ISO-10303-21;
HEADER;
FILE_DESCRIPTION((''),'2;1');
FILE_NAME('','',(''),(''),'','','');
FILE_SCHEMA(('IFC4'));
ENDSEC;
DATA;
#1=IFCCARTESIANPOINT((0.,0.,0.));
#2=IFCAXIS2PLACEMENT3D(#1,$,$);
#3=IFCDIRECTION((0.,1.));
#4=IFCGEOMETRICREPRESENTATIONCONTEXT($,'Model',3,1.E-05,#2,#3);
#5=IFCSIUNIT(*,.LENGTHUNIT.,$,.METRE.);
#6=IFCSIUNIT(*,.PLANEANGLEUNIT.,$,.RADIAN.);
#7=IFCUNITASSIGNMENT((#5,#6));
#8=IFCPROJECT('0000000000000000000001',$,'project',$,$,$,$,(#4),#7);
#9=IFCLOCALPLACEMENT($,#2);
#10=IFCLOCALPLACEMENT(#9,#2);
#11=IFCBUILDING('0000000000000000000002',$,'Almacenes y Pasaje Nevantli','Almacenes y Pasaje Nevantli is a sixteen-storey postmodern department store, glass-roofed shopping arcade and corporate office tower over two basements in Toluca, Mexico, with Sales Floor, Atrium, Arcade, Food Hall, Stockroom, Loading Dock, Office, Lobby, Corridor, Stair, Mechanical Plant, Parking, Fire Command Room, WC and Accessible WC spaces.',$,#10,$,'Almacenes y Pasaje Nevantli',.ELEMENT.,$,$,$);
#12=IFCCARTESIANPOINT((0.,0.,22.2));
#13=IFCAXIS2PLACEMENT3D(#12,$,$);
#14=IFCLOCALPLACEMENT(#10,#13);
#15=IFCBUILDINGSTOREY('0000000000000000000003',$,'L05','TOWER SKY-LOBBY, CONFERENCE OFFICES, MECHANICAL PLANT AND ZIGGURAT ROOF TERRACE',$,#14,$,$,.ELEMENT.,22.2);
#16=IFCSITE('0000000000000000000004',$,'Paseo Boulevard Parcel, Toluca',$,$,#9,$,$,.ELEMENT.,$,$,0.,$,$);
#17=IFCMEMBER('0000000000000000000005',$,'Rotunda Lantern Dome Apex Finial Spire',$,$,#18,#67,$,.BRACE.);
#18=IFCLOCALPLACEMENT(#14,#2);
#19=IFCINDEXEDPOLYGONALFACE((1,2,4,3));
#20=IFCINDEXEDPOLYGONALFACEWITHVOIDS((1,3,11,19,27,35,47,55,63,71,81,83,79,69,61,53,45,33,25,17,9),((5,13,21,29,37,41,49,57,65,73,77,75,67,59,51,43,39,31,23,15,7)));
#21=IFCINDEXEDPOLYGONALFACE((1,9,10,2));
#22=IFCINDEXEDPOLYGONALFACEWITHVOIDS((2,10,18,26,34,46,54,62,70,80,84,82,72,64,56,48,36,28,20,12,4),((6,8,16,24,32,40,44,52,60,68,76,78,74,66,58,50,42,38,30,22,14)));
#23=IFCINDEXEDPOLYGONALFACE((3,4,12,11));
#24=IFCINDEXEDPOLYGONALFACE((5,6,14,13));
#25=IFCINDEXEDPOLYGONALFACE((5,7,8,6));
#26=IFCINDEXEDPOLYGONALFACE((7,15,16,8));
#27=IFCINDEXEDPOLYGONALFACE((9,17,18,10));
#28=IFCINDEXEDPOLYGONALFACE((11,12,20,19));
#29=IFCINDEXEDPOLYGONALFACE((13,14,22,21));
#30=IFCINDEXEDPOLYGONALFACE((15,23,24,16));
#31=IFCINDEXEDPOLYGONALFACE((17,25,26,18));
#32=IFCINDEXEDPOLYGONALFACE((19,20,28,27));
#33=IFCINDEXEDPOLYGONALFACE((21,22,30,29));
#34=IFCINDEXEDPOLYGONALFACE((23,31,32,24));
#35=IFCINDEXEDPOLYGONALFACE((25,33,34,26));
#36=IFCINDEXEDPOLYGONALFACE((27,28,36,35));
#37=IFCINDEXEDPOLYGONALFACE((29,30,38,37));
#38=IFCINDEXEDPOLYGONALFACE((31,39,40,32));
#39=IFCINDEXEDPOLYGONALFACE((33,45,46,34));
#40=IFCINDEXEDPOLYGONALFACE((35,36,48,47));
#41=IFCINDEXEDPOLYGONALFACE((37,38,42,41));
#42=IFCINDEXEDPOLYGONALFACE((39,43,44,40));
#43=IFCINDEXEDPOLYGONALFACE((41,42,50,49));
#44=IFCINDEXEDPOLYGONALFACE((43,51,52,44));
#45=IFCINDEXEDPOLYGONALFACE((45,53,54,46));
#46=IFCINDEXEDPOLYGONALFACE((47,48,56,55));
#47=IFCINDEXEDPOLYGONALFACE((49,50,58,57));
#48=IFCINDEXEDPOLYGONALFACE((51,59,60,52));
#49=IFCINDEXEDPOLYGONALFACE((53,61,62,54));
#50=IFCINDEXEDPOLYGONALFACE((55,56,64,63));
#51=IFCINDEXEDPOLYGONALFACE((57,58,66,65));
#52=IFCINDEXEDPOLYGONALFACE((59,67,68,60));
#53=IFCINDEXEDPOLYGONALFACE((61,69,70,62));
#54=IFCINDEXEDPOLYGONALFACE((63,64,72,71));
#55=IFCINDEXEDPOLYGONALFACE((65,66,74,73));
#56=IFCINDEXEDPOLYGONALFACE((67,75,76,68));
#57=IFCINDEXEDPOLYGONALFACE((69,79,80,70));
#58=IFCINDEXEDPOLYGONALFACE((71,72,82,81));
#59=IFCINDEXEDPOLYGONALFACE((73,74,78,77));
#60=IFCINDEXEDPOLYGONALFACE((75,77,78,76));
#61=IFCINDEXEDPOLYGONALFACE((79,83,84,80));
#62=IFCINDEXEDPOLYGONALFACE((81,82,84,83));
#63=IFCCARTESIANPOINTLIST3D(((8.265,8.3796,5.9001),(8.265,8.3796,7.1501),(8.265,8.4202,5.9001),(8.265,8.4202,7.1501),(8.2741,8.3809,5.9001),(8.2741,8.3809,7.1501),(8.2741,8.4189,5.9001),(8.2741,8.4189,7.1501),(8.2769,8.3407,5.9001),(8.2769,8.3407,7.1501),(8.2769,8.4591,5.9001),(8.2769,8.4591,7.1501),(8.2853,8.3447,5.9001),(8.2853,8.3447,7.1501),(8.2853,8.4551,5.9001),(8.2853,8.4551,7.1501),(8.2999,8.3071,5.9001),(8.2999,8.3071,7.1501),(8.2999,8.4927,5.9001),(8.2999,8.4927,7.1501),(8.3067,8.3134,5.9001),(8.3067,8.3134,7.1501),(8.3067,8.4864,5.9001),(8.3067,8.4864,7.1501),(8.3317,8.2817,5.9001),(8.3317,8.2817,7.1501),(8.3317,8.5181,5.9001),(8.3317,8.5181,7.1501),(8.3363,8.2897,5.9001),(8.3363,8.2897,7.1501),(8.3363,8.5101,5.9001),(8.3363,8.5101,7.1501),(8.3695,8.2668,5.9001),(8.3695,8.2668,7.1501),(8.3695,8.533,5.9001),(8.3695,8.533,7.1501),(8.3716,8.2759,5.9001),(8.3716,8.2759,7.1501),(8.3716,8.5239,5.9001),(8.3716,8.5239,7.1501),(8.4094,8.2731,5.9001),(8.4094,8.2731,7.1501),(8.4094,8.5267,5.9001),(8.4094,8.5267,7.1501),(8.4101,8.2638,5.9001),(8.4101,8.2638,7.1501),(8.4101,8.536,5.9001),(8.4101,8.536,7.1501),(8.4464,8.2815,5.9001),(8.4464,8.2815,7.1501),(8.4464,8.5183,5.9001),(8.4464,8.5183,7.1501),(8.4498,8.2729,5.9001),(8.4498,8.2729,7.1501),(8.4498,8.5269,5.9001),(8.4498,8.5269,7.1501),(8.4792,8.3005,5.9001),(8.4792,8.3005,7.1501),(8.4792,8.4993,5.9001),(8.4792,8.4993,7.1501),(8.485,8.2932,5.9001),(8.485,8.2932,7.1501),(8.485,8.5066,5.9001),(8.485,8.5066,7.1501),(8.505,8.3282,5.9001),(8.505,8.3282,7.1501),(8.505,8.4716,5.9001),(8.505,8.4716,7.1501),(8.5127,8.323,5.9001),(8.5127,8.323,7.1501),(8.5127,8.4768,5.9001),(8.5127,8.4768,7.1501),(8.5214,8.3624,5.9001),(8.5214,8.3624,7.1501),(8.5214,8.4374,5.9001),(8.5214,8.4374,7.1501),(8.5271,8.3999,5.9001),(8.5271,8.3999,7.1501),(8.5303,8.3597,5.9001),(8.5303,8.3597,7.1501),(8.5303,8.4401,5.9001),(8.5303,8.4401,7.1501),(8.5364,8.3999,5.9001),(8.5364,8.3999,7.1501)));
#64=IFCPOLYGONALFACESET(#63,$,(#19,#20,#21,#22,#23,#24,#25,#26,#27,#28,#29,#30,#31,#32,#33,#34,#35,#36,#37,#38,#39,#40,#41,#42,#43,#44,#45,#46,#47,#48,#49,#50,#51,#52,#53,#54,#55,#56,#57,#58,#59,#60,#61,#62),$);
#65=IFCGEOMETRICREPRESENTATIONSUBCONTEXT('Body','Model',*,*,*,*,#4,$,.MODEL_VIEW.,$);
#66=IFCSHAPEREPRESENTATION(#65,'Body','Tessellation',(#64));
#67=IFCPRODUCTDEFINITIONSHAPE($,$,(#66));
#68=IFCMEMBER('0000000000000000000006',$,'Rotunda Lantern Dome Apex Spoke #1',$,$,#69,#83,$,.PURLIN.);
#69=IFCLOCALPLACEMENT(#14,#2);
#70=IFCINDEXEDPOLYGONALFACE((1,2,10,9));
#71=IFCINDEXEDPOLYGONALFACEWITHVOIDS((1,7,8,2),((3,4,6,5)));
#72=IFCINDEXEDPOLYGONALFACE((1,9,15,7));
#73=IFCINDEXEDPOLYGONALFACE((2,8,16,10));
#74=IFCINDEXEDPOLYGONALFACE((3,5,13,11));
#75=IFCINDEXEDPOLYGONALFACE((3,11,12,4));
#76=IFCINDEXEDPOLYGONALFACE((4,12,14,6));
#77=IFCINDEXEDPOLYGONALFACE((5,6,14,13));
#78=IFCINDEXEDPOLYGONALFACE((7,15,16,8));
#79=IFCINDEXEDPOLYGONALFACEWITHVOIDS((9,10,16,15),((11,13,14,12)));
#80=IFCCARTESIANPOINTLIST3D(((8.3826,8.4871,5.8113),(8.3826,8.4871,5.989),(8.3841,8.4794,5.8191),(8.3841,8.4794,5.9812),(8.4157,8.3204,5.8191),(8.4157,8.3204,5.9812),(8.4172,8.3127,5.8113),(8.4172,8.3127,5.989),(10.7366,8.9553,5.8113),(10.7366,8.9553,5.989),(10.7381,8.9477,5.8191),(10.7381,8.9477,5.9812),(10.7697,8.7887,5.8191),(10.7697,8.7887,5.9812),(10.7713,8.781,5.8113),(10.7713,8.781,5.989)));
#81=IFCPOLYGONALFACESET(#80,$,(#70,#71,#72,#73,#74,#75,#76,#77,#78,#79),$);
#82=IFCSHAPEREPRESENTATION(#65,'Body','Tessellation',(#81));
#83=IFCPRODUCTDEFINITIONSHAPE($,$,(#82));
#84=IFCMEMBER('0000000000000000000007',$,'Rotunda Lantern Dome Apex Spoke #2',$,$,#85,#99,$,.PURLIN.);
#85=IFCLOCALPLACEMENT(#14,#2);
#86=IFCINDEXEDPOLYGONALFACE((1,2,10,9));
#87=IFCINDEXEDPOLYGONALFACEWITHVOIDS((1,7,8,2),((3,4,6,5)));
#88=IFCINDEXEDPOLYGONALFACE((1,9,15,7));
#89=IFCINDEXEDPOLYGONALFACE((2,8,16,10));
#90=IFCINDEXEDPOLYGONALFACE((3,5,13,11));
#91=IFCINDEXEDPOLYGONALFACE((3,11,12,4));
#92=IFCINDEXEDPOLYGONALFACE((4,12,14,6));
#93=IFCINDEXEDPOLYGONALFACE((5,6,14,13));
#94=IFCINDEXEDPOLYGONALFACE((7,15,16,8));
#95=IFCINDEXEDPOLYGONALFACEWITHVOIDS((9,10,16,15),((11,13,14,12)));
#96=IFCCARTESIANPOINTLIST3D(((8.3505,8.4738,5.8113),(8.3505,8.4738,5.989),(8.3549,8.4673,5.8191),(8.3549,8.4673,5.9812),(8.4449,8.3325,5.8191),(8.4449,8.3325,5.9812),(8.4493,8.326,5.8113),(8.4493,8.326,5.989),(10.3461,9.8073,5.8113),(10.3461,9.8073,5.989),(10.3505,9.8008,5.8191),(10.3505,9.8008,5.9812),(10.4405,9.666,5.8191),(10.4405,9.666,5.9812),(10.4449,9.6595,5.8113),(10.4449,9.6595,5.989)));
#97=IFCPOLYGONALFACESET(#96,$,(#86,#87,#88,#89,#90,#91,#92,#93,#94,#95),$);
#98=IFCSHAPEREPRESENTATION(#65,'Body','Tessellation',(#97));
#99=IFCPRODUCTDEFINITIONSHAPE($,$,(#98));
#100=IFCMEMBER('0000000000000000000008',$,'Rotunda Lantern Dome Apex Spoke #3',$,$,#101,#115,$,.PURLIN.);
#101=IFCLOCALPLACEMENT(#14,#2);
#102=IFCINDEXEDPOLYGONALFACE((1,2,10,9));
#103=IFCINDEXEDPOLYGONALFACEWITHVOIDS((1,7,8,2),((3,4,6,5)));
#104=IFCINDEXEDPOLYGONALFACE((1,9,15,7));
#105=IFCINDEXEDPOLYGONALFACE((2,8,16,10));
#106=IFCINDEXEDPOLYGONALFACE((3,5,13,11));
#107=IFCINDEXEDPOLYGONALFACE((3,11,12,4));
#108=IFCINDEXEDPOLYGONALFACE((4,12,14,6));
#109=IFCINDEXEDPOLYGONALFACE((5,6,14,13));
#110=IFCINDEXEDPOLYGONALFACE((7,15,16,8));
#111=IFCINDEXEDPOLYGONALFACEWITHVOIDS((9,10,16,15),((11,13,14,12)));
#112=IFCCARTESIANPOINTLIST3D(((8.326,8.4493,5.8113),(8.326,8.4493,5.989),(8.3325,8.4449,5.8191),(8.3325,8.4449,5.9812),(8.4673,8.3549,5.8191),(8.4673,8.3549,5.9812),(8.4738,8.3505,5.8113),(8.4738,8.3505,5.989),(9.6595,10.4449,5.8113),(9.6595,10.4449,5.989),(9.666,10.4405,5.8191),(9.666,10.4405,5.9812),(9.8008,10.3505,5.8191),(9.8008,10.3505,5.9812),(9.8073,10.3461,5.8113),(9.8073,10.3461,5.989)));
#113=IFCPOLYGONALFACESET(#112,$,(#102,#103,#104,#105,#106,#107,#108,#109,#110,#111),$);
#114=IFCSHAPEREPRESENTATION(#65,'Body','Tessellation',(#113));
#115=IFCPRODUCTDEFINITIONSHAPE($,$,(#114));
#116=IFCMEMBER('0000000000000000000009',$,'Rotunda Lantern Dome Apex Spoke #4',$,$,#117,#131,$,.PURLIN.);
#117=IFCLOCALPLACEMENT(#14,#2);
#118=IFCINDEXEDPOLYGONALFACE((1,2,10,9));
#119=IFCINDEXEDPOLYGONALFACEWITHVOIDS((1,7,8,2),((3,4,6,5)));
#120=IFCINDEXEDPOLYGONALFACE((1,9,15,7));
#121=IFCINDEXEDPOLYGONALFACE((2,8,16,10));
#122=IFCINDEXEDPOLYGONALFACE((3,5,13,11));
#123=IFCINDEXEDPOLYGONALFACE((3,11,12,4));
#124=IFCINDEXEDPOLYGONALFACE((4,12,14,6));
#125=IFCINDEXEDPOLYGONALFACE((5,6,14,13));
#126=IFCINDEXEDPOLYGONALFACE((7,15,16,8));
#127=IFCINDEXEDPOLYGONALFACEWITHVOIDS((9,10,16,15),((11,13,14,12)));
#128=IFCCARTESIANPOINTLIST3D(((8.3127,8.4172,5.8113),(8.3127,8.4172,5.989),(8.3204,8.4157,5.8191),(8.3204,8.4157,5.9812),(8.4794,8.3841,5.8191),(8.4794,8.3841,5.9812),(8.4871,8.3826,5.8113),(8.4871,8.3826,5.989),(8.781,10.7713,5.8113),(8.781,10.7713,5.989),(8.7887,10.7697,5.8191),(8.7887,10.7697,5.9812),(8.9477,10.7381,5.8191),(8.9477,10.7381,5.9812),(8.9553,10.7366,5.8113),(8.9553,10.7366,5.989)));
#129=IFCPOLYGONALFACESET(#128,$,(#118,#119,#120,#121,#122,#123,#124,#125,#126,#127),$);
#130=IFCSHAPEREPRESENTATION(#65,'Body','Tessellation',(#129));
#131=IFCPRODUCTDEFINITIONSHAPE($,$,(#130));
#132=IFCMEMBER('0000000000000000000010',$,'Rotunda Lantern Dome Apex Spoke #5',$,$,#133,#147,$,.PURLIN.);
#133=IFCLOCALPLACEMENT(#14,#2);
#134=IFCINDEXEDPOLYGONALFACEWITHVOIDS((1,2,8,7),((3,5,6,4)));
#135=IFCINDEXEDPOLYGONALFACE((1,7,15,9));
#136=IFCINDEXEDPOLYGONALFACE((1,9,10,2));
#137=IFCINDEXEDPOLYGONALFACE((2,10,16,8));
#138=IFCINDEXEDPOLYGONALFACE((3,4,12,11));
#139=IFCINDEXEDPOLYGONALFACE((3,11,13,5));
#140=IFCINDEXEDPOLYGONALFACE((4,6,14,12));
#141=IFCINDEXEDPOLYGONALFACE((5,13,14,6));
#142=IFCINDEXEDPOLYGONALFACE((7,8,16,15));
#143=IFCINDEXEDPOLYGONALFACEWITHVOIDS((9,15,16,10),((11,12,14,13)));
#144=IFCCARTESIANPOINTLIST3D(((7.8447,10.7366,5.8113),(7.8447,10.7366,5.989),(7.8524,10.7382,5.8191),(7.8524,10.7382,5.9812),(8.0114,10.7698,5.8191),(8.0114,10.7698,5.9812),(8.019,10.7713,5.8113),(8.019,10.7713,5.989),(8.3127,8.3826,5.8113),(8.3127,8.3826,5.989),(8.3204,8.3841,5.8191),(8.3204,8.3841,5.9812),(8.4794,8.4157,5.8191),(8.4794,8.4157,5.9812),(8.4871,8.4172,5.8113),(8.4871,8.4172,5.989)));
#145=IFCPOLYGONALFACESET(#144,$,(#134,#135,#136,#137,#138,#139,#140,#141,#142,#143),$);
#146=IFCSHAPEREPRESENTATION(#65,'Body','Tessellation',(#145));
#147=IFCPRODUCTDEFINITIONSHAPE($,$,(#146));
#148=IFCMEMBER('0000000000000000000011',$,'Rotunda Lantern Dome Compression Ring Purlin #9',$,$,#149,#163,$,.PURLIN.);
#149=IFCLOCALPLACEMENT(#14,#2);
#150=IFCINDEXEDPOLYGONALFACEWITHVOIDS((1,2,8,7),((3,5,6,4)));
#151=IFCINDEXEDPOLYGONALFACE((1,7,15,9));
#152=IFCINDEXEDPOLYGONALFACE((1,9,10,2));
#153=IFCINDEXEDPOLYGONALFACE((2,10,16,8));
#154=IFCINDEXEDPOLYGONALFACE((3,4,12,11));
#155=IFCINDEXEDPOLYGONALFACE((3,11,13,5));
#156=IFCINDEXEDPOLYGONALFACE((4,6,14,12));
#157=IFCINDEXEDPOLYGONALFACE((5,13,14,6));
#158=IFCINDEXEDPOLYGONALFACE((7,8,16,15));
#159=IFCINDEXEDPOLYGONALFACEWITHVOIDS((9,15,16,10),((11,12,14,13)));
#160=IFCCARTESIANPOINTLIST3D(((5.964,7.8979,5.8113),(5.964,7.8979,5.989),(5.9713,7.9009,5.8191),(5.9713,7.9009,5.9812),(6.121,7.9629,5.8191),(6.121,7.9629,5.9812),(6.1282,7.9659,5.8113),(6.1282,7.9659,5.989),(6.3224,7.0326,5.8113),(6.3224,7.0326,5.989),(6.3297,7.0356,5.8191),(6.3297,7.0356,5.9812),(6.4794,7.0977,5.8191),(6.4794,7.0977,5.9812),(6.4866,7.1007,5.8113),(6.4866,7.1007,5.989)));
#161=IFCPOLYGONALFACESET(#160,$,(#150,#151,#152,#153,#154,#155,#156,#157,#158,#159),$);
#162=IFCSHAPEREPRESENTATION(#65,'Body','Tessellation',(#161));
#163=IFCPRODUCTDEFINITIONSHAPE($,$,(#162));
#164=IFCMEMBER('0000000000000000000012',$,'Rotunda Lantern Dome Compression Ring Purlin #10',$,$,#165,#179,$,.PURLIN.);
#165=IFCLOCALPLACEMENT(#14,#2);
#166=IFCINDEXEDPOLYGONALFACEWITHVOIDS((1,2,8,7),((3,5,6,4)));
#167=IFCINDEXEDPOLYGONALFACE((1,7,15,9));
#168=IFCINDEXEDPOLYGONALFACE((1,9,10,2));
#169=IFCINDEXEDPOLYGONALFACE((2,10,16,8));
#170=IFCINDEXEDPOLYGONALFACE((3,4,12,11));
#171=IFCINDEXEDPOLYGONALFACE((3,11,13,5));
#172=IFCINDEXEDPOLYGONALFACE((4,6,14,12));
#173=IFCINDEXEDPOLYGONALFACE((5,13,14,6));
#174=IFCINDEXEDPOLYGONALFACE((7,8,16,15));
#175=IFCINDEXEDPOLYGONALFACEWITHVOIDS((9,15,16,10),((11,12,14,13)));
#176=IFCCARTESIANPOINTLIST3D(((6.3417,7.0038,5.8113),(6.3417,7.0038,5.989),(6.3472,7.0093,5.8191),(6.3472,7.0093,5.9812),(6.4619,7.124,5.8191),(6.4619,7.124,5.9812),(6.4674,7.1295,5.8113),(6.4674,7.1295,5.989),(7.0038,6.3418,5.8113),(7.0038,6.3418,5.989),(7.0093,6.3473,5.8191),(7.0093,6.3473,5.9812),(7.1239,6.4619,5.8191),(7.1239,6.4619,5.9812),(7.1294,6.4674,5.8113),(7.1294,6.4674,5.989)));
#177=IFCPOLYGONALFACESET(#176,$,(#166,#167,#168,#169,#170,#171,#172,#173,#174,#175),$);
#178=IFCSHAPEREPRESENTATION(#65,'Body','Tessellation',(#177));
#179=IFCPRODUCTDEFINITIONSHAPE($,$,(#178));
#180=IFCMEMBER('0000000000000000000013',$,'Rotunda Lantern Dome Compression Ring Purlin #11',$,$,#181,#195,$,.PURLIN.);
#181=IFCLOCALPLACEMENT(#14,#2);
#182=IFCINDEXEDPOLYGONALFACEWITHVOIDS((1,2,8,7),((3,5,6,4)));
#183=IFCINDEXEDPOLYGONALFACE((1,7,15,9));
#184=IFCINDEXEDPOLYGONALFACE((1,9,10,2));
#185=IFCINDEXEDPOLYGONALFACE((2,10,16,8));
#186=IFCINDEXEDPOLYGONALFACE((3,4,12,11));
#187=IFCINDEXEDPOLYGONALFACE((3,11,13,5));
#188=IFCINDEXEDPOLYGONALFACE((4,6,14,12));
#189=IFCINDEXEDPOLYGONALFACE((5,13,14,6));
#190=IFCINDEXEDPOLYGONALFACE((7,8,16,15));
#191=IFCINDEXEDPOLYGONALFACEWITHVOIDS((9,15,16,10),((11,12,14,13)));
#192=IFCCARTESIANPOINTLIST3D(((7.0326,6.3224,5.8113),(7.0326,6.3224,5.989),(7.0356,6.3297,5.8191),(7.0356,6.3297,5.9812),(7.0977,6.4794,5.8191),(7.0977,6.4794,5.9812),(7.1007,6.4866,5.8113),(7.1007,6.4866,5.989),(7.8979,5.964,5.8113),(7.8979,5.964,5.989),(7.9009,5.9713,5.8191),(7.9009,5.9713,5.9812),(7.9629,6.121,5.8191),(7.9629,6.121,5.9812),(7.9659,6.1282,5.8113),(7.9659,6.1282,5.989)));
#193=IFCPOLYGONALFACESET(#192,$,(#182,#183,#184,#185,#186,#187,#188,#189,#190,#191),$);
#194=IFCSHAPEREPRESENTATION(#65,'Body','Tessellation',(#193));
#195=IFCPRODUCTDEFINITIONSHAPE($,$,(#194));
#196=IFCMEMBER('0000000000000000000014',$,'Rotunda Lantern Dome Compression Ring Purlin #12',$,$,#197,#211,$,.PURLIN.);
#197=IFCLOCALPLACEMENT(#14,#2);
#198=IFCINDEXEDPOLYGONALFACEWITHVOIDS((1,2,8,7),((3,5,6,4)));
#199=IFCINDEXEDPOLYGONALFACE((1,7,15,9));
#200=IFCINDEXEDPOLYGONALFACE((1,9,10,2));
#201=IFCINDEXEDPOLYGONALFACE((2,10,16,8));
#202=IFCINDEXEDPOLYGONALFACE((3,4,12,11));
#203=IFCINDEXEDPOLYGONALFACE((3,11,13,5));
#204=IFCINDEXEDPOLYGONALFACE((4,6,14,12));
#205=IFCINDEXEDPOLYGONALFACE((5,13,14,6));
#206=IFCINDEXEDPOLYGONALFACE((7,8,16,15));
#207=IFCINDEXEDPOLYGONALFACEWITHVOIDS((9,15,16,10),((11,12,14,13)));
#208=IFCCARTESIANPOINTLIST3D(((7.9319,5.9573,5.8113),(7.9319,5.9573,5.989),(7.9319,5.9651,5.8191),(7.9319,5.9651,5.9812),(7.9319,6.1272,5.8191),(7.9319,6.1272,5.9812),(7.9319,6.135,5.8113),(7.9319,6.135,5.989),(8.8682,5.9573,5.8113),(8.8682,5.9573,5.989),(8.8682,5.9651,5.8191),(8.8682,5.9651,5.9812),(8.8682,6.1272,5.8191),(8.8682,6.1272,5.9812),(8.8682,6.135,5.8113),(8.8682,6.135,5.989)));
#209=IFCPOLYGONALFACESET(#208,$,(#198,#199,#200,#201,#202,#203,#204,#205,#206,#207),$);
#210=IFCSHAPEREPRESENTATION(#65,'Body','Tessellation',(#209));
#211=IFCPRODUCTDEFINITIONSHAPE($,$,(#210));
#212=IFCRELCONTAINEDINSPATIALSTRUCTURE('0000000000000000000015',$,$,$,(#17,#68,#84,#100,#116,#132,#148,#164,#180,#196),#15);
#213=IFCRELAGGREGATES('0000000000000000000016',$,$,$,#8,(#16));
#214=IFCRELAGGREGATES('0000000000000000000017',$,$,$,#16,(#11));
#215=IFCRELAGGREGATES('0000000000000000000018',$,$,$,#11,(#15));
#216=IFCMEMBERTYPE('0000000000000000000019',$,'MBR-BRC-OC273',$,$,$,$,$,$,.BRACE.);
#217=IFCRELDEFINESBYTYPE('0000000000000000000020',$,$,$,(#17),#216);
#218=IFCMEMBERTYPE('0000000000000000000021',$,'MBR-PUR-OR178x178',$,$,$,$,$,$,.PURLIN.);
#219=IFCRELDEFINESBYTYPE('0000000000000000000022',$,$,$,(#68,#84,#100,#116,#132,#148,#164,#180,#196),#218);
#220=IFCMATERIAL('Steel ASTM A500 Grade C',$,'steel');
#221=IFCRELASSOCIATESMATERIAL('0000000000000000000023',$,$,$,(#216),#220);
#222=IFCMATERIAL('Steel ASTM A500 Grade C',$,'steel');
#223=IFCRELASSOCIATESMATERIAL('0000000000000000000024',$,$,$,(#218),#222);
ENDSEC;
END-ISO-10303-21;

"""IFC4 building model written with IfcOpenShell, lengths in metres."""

from ifc_helpers import new_model, si_unit, direction, frame, origin, origin_2d, place, context, subcontext, project, spatial, hollow_rectangle, hollow_circle, extrude, material, material_profile, profile_set, type_object, element, save


model = new_model("IFC4")

# Units and contexts
model_context = context("Model", 3, precision=1e-05, world=origin(), true_north=direction((0.0, 1.0)))
body_context = subcontext(model_context, "Body", "Model", "MODEL_VIEW")
ifc_project = project(units=[si_unit("LENGTHUNIT", "METRE"), si_unit("PLANEANGLEUNIT", "RADIAN")], contexts=[model_context])

# Site, building, storey
site_placement = place(None, origin())
site = spatial("IfcSite", under=ifc_project, at=site_placement, Name="Paseo Boulevard Parcel, Toluca", CompositionType="ELEMENT", RefElevation=0.0)
building_placement = place(site_placement, origin())
building = spatial("IfcBuilding", under=site, at=building_placement, Name="Almacenes y Pasaje Nevantli", Description="Almacenes y Pasaje Nevantli is a sixteen-storey postmodern department store, glass-roofed shopping arcade and corporate office tower over two basements in Toluca, Mexico, with Sales Floor, Atrium, Arcade, Food Hall, Stockroom, Loading Dock, Office, Lobby, Corridor, Stair, Mechanical Plant, Parking, Fire Command Room, WC and Accessible WC spaces.", LongName="Almacenes y Pasaje Nevantli", CompositionType="ELEMENT")
storey_placement = place(building_placement, frame((0.0, 0.0, 22.2)))
storey = spatial("IfcBuildingStorey", under=building, at=storey_placement, Name="L05", Description="TOWER SKY-LOBBY, CONFERENCE OFFICES, MECHANICAL PLANT AND ZIGGURAT ROOF TERRACE", CompositionType="ELEMENT", Elevation=22.2)

# Members
ifc_material_1 = material(Name="Steel ASTM A500 Grade C", Category="steel")
ifc_material_profile_1 = material_profile(ifc_material_1, hollow_circle(Radius=0.1365, WallThickness=0.0093, at=origin_2d()), Name="OC 273x9.3")
ifc_profile_set_1 = profile_set([ifc_material_profile_1], Name="Steel ASTM A500 Grade C")
member_type_1 = type_object("IfcMemberType", Name="MBR-BRC-OC273", PredefinedType="BRACE", material=ifc_profile_set_1)
member_1_placement = place(storey_placement, frame((8.3999, 8.3999, 5.9001), z_axis=(0.0, 0.0, 1.0), x_axis=(1.0, 0.0, 0.0)))
element("IfcMember", 1, at=member_1_placement, inside=storey, type_object=member_type_1, Name="Rotunda Lantern Dome Apex Finial Spire", PredefinedType="BRACE", context=body_context, shape_type="SweptSolid", body=[
    extrude(hollow_circle(Radius=0.1365, WallThickness=0.0093, at=origin_2d()), origin(), (0.0, 0.0, 1.0), 1.25),
])
ifc_material_2 = material(Name="Steel ASTM A500 Grade C", Category="steel")
ifc_material_profile_2 = material_profile(ifc_material_2, hollow_rectangle(XDim=0.1777, YDim=0.1777, WallThickness=0.0078, at=origin_2d()), Name="OR 178x178x7.9")
ifc_profile_set_2 = profile_set([ifc_material_profile_2], Name="Steel ASTM A500 Grade C")
member_type_2 = type_object("IfcMemberType", Name="MBR-PUR-OR178x178", PredefinedType="PURLIN", material=ifc_profile_set_2)
for number, where, z_axis, x_axis, name in (
    (2, (8.3999, 8.3999, 5.9001), (0.980784, 0.195099, 0.0), (-0.195099, 0.980784, 0.0), "Rotunda Lantern Dome Apex Spoke #1"),
    (3, (8.3999, 8.3999, 5.9001), (0.831455, 0.555592, 0.0), (-0.555592, 0.831455, 0.0), "Rotunda Lantern Dome Apex Spoke #2"),
    (4, (8.3999, 8.3999, 5.9001), (0.555592, 0.831455, 0.0), (-0.831455, 0.555592, 0.0), "Rotunda Lantern Dome Apex Spoke #3"),
    (5, (8.3999, 8.3999, 5.9001), (0.195099, 0.980784, 0.0), (-0.980784, 0.195099, 0.0), "Rotunda Lantern Dome Apex Spoke #4"),
    (6, (8.3999, 8.3999, 5.9001), (-0.195001, 0.980803, 0.0), (-0.980803, -0.195001, 0.0), "Rotunda Lantern Dome Apex Spoke #5"),
):
    element("IfcMember", number, at=place(storey_placement, frame(where, z_axis=z_axis, x_axis=x_axis)), inside=storey, type_object=member_type_2, Name=name, PredefinedType="PURLIN", context=body_context, shape_type="SweptSolid", body=[
        extrude(hollow_rectangle(XDim=0.1777, YDim=0.1777, WallThickness=0.0078, at=origin_2d()), origin(), (0.0, 0.0, 1.0), 2.4001),
    ])
member_2_placement = place(storey_placement, frame((6.0461, 7.9319, 5.9001), z_axis=(0.382689, -0.923877, 0.0), x_axis=(0.923877, 0.382689, 0.0)))
element("IfcMember", 7, at=member_2_placement, inside=storey, type_object=member_type_2, Name="Rotunda Lantern Dome Compression Ring Purlin #9", PredefinedType="PURLIN", context=body_context, shape_type="SweptSolid", body=[
    extrude(hollow_rectangle(XDim=0.1777, YDim=0.1777, WallThickness=0.0078, at=origin_2d()), origin(), (0.0, 0.0, 1.0), 0.9365),
])
member_3_placement = place(storey_placement, frame((6.4045, 7.0667, 5.9001), z_axis=(0.707107, -0.707107, 0.0), x_axis=(0.707107, 0.707107, 0.0)))
element("IfcMember", 8, at=member_3_placement, inside=storey, type_object=member_type_2, Name="Rotunda Lantern Dome Compression Ring Purlin #10", PredefinedType="PURLIN", context=body_context, shape_type="SweptSolid", body=[
    extrude(hollow_rectangle(XDim=0.1777, YDim=0.1777, WallThickness=0.0078, at=origin_2d()), origin(), (0.0, 0.0, 1.0), 0.9363),
])
member_4_placement = place(storey_placement, frame((7.0667, 6.4045, 5.9001), z_axis=(0.923877, -0.382689, 0.0), x_axis=(0.382689, 0.923877, 0.0)))
element("IfcMember", 9, at=member_4_placement, inside=storey, type_object=member_type_2, Name="Rotunda Lantern Dome Compression Ring Purlin #11", PredefinedType="PURLIN", context=body_context, shape_type="SweptSolid", body=[
    extrude(hollow_rectangle(XDim=0.1777, YDim=0.1777, WallThickness=0.0078, at=origin_2d()), origin(), (0.0, 0.0, 1.0), 0.9365),
])
member_5_placement = place(storey_placement, frame((7.9319, 6.0461, 5.9001), z_axis=(1.0, 0.0, 0.0), x_axis=(0.0, 1.0, 0.0)))
element("IfcMember", 10, at=member_5_placement, inside=storey, type_object=member_type_2, Name="Rotunda Lantern Dome Compression Ring Purlin #12", PredefinedType="PURLIN", context=body_context, shape_type="SweptSolid", body=[
    extrude(hollow_rectangle(XDim=0.1777, YDim=0.1777, WallThickness=0.0078, at=origin_2d()), origin(), (0.0, 0.0, 1.0), 0.9363),
])

save(model, "model.ifc")
